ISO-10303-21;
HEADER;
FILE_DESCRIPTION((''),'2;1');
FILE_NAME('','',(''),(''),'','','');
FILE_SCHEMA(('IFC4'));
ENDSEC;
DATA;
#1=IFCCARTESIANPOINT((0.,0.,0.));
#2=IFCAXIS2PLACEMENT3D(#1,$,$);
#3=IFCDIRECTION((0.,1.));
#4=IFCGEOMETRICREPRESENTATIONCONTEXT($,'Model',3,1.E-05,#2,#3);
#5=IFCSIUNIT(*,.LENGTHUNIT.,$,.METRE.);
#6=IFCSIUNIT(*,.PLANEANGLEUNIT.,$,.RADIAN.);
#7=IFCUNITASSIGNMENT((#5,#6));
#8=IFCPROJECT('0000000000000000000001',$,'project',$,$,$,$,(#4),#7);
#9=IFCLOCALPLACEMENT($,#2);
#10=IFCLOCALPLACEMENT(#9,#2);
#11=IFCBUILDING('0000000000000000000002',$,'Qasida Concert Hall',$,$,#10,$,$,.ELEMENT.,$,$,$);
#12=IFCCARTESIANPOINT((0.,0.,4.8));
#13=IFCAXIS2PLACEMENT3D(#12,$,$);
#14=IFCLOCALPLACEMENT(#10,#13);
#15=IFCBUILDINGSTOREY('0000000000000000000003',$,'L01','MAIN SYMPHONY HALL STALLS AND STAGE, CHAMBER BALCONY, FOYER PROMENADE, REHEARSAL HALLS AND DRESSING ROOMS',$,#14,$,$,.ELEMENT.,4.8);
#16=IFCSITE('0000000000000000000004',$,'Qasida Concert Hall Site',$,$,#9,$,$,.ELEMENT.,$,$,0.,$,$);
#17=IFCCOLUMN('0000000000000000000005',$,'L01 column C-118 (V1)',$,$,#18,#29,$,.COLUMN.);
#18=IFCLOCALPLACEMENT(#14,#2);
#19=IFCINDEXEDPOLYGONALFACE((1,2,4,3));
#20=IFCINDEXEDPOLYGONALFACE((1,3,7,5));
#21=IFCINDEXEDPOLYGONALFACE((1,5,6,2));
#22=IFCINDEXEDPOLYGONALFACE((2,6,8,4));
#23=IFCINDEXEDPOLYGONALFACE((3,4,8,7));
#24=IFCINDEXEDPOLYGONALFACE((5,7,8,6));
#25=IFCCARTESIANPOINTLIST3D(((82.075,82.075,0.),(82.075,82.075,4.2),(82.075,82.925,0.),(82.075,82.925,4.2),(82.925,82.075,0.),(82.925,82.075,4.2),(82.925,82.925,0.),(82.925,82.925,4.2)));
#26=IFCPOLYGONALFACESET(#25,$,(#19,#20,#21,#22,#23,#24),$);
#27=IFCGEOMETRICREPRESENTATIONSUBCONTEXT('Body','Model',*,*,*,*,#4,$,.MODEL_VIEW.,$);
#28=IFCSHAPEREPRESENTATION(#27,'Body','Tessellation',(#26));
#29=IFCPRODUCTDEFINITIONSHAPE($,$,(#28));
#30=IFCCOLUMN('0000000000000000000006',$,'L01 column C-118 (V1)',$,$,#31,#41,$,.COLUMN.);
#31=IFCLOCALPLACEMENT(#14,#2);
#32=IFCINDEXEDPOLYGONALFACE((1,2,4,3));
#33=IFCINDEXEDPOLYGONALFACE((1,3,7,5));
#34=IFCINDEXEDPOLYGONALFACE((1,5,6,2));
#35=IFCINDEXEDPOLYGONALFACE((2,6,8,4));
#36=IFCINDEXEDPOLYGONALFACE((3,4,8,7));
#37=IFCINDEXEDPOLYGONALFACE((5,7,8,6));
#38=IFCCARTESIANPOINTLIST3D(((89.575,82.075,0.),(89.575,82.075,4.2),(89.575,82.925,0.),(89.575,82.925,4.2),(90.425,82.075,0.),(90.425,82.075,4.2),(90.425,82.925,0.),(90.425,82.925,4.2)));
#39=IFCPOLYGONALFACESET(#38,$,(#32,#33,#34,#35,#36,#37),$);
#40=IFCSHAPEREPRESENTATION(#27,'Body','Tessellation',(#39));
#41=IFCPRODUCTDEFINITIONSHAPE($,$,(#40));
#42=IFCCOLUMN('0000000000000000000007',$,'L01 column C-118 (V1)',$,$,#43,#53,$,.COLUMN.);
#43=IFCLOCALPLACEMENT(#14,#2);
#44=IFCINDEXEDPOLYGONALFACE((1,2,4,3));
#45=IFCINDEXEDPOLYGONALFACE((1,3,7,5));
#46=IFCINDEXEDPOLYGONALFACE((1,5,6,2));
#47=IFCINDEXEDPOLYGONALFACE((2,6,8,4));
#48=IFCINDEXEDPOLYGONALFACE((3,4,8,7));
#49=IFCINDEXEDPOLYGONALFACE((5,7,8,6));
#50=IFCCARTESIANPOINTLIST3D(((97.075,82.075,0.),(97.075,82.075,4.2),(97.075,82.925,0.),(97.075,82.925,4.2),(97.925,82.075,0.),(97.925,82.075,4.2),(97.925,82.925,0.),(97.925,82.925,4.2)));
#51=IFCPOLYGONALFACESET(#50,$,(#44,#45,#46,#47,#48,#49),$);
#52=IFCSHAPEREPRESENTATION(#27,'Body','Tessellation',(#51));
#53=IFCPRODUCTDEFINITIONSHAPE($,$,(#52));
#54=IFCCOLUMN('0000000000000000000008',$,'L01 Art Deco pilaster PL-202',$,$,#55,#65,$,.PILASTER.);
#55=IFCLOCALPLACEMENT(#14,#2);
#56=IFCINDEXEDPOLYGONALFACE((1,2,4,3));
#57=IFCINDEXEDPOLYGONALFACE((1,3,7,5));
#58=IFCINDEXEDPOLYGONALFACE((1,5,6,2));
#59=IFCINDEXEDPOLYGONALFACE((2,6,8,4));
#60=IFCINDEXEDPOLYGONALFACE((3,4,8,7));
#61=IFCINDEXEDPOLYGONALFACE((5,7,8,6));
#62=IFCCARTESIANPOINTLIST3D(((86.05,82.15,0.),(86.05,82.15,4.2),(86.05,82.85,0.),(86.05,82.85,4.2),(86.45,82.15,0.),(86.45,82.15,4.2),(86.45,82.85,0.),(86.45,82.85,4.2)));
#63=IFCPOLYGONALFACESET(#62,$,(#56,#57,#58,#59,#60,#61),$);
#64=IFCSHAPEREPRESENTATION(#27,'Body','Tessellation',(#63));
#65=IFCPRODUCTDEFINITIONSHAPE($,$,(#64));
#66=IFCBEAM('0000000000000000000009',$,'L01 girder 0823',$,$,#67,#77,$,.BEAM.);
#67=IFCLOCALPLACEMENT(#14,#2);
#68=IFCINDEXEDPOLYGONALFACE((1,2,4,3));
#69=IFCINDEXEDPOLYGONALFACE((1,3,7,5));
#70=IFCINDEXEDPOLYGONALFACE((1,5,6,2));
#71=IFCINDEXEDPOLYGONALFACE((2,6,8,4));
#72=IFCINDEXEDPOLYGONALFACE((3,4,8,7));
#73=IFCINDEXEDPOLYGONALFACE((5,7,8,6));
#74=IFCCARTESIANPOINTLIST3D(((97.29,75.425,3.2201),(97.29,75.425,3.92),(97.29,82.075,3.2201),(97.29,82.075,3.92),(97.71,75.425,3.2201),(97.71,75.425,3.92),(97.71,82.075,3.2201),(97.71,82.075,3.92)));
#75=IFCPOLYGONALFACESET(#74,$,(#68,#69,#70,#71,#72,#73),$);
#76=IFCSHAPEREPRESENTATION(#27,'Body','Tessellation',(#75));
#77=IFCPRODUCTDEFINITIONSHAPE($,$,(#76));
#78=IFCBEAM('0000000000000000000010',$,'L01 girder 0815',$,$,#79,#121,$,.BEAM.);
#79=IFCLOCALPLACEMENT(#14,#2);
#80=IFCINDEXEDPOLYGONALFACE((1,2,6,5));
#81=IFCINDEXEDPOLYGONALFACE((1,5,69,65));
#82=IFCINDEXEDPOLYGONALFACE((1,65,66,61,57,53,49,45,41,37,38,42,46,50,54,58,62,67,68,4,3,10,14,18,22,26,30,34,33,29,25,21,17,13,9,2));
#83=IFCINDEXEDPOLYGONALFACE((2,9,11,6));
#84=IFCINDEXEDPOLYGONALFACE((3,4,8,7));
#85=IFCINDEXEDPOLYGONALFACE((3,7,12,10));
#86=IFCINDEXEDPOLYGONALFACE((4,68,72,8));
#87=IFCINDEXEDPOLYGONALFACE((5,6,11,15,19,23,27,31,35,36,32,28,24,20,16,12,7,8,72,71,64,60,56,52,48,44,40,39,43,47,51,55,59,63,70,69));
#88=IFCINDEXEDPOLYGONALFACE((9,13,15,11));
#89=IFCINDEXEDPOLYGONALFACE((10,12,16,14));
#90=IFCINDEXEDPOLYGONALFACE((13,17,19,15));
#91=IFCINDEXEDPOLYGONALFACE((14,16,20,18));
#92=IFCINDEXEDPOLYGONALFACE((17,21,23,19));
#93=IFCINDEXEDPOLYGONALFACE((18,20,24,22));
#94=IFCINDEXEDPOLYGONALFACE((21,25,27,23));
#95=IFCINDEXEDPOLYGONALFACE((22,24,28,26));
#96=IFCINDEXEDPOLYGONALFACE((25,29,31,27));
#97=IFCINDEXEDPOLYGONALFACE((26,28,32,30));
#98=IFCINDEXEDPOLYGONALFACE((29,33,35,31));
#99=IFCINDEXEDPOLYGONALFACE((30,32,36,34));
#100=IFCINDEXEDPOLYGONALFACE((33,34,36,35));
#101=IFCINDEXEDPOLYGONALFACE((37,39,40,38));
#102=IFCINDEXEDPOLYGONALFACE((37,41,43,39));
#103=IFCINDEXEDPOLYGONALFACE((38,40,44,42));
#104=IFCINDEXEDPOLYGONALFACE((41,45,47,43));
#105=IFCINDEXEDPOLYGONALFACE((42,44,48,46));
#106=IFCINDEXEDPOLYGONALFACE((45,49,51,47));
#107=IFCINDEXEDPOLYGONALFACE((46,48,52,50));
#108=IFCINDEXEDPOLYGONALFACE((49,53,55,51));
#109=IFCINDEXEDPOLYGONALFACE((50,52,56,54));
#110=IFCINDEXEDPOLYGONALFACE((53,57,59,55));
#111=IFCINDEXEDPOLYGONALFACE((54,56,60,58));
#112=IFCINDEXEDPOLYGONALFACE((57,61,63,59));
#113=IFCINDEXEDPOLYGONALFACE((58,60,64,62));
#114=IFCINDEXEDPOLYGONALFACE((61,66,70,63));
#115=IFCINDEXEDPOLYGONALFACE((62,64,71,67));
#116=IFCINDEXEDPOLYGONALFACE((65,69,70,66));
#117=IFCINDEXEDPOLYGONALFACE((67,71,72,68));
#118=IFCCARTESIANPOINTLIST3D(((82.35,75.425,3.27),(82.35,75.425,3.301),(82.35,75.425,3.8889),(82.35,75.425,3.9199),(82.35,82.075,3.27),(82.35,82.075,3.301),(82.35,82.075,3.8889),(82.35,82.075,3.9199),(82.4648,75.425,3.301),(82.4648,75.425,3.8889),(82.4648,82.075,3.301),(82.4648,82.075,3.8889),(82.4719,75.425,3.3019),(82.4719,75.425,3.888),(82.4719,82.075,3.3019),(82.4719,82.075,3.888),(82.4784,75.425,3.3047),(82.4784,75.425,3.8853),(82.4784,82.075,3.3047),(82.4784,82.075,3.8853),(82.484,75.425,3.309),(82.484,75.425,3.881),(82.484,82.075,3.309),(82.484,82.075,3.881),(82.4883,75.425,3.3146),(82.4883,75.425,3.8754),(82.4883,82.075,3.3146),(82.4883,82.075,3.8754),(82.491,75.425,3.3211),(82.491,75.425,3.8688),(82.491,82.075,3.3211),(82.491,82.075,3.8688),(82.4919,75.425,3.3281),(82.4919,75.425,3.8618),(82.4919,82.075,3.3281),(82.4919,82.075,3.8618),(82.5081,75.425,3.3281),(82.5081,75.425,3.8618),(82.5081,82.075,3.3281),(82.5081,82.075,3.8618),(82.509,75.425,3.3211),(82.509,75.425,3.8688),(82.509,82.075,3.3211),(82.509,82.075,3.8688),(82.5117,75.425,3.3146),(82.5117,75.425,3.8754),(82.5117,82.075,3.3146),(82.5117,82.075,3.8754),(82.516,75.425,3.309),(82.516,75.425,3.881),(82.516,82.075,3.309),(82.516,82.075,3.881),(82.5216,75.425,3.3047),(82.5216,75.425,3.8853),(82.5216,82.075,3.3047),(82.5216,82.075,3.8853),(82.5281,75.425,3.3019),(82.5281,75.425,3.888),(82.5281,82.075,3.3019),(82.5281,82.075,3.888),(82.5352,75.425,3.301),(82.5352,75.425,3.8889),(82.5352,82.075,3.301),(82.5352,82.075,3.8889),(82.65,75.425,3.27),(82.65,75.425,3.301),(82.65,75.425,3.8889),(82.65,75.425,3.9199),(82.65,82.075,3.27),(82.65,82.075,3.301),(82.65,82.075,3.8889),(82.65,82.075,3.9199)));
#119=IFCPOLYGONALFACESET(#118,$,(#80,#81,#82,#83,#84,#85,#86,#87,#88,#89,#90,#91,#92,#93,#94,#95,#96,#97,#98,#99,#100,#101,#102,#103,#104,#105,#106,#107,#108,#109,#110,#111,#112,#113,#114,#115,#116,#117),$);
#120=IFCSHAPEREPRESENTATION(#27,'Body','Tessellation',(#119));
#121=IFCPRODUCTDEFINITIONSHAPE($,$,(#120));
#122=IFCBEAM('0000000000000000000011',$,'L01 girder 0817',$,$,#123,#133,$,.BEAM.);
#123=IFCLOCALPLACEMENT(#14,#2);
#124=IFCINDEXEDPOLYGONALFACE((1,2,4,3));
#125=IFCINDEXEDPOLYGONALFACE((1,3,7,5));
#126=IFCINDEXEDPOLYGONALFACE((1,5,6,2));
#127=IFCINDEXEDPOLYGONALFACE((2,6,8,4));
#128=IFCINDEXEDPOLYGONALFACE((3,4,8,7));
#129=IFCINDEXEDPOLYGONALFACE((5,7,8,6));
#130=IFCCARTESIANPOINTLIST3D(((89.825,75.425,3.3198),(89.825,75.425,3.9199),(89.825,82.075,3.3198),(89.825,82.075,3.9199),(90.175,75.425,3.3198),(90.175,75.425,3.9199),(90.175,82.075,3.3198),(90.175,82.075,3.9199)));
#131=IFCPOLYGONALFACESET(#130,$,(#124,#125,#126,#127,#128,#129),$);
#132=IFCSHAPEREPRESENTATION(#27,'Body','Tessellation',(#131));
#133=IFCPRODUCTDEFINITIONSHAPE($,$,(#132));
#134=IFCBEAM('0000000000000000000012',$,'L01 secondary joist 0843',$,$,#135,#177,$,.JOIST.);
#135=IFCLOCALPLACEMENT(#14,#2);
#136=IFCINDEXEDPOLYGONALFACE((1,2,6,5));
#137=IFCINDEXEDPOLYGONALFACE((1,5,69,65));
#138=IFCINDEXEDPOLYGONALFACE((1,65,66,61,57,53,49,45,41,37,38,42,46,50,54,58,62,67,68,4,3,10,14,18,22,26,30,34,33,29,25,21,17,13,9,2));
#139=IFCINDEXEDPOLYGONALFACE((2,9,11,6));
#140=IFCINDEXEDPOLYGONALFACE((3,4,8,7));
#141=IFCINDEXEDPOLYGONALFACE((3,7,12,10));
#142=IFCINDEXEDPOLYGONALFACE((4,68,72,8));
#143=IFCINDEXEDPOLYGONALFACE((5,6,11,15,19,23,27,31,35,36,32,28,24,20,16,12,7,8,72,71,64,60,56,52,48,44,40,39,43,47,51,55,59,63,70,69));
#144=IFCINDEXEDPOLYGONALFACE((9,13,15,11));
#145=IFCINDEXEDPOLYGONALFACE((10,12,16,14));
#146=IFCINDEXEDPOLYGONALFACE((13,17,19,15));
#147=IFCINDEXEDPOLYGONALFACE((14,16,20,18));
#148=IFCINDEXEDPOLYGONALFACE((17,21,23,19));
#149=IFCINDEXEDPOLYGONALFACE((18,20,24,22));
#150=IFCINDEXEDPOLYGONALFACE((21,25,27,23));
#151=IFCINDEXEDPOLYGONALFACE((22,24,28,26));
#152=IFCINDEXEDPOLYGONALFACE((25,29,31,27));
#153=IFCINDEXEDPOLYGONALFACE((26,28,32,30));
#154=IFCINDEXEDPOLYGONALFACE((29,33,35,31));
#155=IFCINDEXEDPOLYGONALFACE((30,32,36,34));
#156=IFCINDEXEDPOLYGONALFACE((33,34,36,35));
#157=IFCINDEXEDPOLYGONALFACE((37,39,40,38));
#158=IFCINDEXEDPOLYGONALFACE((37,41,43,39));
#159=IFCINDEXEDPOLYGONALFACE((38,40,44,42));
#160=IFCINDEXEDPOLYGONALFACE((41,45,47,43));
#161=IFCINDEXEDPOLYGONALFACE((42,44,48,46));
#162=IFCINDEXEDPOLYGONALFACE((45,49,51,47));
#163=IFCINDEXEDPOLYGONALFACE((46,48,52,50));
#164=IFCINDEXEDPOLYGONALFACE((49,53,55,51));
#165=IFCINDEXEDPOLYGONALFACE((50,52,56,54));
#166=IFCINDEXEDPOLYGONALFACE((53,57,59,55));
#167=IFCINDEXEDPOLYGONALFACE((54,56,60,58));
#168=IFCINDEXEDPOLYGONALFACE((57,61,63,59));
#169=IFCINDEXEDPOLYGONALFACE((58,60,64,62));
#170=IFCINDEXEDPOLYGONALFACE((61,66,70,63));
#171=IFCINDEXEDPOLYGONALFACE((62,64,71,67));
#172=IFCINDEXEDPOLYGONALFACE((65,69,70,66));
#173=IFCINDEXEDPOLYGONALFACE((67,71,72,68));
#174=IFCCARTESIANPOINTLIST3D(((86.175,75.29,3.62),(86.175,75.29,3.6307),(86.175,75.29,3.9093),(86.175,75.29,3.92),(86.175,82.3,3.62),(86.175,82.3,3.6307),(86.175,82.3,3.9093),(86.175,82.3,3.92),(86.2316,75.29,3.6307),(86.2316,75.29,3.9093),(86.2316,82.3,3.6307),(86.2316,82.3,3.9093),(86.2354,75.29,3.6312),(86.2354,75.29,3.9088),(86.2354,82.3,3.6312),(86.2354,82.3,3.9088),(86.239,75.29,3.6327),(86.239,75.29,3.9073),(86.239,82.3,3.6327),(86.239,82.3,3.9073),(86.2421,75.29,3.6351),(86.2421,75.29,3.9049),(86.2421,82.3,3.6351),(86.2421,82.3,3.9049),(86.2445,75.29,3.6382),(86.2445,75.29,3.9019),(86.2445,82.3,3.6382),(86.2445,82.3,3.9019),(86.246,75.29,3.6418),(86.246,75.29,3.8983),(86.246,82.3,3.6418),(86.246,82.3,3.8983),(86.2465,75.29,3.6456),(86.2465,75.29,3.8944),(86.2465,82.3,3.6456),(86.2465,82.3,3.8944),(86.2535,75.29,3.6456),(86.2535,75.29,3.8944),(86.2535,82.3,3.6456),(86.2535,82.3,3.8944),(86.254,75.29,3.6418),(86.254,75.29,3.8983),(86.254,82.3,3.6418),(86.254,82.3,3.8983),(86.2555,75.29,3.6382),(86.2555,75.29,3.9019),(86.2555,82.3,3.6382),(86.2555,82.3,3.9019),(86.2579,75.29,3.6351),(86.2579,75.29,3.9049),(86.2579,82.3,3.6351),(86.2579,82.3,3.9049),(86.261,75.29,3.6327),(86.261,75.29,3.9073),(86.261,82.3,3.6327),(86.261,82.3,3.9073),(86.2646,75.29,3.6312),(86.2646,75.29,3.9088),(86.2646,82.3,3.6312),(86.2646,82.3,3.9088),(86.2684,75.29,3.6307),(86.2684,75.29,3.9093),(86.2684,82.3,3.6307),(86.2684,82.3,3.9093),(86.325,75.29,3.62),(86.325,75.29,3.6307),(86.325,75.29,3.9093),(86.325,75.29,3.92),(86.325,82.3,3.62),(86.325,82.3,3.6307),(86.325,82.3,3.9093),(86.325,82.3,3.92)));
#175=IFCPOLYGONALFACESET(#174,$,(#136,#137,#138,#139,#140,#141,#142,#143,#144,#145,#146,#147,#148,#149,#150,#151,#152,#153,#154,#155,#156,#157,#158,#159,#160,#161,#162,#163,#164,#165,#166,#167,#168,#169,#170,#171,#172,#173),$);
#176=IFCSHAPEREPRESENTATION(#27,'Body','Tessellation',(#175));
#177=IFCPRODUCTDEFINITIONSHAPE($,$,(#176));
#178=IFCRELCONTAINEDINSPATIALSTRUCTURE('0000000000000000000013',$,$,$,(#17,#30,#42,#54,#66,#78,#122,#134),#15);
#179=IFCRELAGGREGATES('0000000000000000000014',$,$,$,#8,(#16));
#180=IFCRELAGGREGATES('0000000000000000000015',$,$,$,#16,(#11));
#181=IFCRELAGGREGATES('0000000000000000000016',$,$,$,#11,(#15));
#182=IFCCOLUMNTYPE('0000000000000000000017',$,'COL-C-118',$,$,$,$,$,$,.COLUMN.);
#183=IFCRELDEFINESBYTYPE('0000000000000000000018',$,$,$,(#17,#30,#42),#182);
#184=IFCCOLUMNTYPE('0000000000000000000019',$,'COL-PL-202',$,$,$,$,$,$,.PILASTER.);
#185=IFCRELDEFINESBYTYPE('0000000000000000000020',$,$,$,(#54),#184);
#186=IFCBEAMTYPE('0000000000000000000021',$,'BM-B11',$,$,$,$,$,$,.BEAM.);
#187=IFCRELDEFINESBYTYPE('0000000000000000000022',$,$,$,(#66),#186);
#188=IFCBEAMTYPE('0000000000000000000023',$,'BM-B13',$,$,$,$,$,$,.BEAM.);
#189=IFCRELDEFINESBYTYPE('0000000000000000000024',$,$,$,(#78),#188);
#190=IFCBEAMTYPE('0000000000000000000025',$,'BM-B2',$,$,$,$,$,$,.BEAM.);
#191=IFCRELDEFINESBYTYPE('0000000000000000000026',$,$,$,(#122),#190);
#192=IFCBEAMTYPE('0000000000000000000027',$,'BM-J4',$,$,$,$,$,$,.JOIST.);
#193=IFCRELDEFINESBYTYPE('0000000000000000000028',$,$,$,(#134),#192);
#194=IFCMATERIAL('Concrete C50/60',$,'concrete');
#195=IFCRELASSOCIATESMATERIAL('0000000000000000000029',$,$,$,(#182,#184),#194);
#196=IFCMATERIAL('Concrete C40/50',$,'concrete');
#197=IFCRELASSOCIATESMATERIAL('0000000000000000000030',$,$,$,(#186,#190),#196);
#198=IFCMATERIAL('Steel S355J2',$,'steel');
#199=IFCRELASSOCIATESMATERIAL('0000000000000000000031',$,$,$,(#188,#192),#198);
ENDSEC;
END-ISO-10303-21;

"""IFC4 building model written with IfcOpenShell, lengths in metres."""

from ifc_helpers import new_model, si_unit, direction, frame, origin, origin_2d, place, context, subcontext, project, spatial, rectangle, i_section, extrude, material, material_profile, profile_set, type_object, element, save


model = new_model("IFC4")

# Units and contexts
model_context = context("Model", 3, precision=1e-05, world=origin(), true_north=direction((0.0, 1.0)))
body_context = subcontext(model_context, "Body", "Model", "MODEL_VIEW")
ifc_project = project(units=[si_unit("LENGTHUNIT", "METRE"), si_unit("PLANEANGLEUNIT", "RADIAN")], contexts=[model_context])

# Site, building, storey
site_placement = place(None, origin())
site = spatial("IfcSite", under=ifc_project, at=site_placement, Name="Qasida Concert Hall Site", CompositionType="ELEMENT", RefElevation=0.0)
building_placement = place(site_placement, origin())
building = spatial("IfcBuilding", under=site, at=building_placement, Name="Qasida Concert Hall", CompositionType="ELEMENT")
storey_placement = place(building_placement, frame((0.0, 0.0, 4.8)))
storey = spatial("IfcBuildingStorey", under=building, at=storey_placement, Name="L01", Description="MAIN SYMPHONY HALL STALLS AND STAGE, CHAMBER BALCONY, FOYER PROMENADE, REHEARSAL HALLS AND DRESSING ROOMS", CompositionType="ELEMENT", Elevation=4.8)

# Columns
ifc_material_1 = material(Name="Concrete C50/60", Category="concrete")
ifc_material_profile_1 = material_profile(ifc_material_1, rectangle(XDim=0.8501, YDim=0.8501, at=origin_2d()), Name="RC 850x850")
ifc_profile_set_1 = profile_set([ifc_material_profile_1], Name="Concrete C50/60")
column_type_1 = type_object("IfcColumnType", Name="COL-C-118", PredefinedType="COLUMN", material=ifc_profile_set_1)
for number, where, z_axis, x_axis, name in (
    (1, (82.5, 82.5, 0.0), (0.0, 0.0, 1.0), (1.0, 0.0, 0.0), "L01 column C-118 (V1)"),
    (2, (90.0, 82.5, 0.0), (0.0, 0.0, 1.0), (1.0, 0.0, 0.0), "L01 column C-118 (V1)"),
    (3, (97.5, 82.5, 0.0), (0.0, 0.0, 1.0), (1.0, 0.0, 0.0), "L01 column C-118 (V1)"),
):
    element("IfcColumn", number, at=place(storey_placement, frame(where, z_axis=z_axis, x_axis=x_axis)), inside=storey, type_object=column_type_1, Name=name, PredefinedType="COLUMN", context=body_context, shape_type="SweptSolid", body=[
        extrude(rectangle(XDim=0.8501, YDim=0.8501, at=origin_2d()), origin(), (0.0, 0.0, 1.0), 4.2),
    ])
ifc_material_profile_2 = material_profile(ifc_material_1, rectangle(XDim=0.3999, YDim=0.7, at=origin_2d()), Name="RC 400x700")
ifc_profile_set_2 = profile_set([ifc_material_profile_2], Name="Concrete C50/60")
column_type_2 = type_object("IfcColumnType", Name="COL-PL-202", PredefinedType="PILASTER", material=ifc_profile_set_2)
column_placement = place(storey_placement, frame((86.25, 82.5, 0.0), z_axis=(0.0, 0.0, 1.0), x_axis=(1.0, 0.0, 0.0)))
element("IfcColumn", 4, at=column_placement, inside=storey, type_object=column_type_2, Name="L01 Art Deco pilaster PL-202", PredefinedType="PILASTER", context=body_context, shape_type="SweptSolid", body=[
    extrude(rectangle(XDim=0.3999, YDim=0.7, at=origin_2d()), origin(), (0.0, 0.0, 1.0), 4.2),
])

# Beams
ifc_material_2 = material(Name="Concrete C40/50", Category="concrete")
ifc_material_profile_3 = material_profile(ifc_material_2, rectangle(XDim=0.4199, YDim=0.7, at=origin_2d()), Name="RC 420x700")
ifc_profile_set_3 = profile_set([ifc_material_profile_3], Name="Concrete C40/50")
beam_type_1 = type_object("IfcBeamType", Name="BM-B11", PredefinedType="BEAM", material=ifc_profile_set_3)
beam_1_placement = place(storey_placement, frame((97.5, 75.425, 3.5701), z_axis=(0.0, 1.0, 0.0), x_axis=(-1.0, 0.0, 0.0)))
element("IfcBeam", 5, at=beam_1_placement, inside=storey, type_object=beam_type_1, Name="L01 girder 0823", PredefinedType="BEAM", context=body_context, shape_type="SweptSolid", body=[
    extrude(rectangle(XDim=0.4199, YDim=0.7, at=origin_2d()), origin(), (0.0, 0.0, 1.0), 6.6499),
])
ifc_material_3 = material(Name="Steel S355J2", Category="steel")
ifc_material_profile_4 = material_profile(ifc_material_3, i_section(OverallWidth=0.3, OverallDepth=0.6499, WebThickness=0.0161, FlangeThickness=0.031, FilletRadius=0.0271, at=origin_2d()), Name="HEB 650")
ifc_profile_set_4 = profile_set([ifc_material_profile_4], Name="Steel S355J2")
beam_type_2 = type_object("IfcBeamType", Name="BM-B13", PredefinedType="BEAM", material=ifc_profile_set_4)
beam_2_placement = place(storey_placement, frame((82.5, 75.425, 3.595), z_axis=(0.0, 1.0, 0.0), x_axis=(-1.0, 0.0, 0.0)))
element("IfcBeam", 6, at=beam_2_placement, inside=storey, type_object=beam_type_2, Name="L01 girder 0815", PredefinedType="BEAM", context=body_context, shape_type="SweptSolid", body=[
    extrude(i_section(OverallWidth=0.3, OverallDepth=0.6499, WebThickness=0.0161, FlangeThickness=0.031, FilletRadius=0.0271, at=origin_2d()), origin(), (0.0, 0.0, 1.0), 6.6499),
])
ifc_material_profile_5 = material_profile(ifc_material_2, rectangle(XDim=0.3501, YDim=0.6001, at=origin_2d()), Name="RC 350x600")
ifc_profile_set_5 = profile_set([ifc_material_profile_5], Name="Concrete C40/50")
beam_type_3 = type_object("IfcBeamType", Name="BM-B2", PredefinedType="BEAM", material=ifc_profile_set_5)
beam_3_placement = place(storey_placement, frame((90.0, 75.425, 3.6199), z_axis=(0.0, 1.0, 0.0), x_axis=(-1.0, 0.0, 0.0)))
element("IfcBeam", 7, at=beam_3_placement, inside=storey, type_object=beam_type_3, Name="L01 girder 0817", PredefinedType="BEAM", context=body_context, shape_type="SweptSolid", body=[
    extrude(rectangle(XDim=0.3501, YDim=0.6001, at=origin_2d()), origin(), (0.0, 0.0, 1.0), 6.6499),
])
ifc_material_profile_6 = material_profile(ifc_material_3, i_section(OverallWidth=0.1499, OverallDepth=0.3, WebThickness=0.0071, FlangeThickness=0.0107, FilletRadius=0.0149, at=origin_2d()), Name="IPE 300")
ifc_profile_set_6 = profile_set([ifc_material_profile_6], Name="Steel S355J2")
beam_type_4 = type_object("IfcBeamType", Name="BM-J4", PredefinedType="JOIST", material=ifc_profile_set_6)
beam_4_placement = place(storey_placement, frame((86.25, 75.29, 3.77), z_axis=(0.0, 1.0, 0.0), x_axis=(-1.0, 0.0, 0.0)))
element("IfcBeam", 8, at=beam_4_placement, inside=storey, type_object=beam_type_4, Name="L01 secondary joist 0843", PredefinedType="JOIST", context=body_context, shape_type="SweptSolid", body=[
    extrude(i_section(OverallWidth=0.1499, OverallDepth=0.3, WebThickness=0.0071, FlangeThickness=0.0107, FilletRadius=0.0149, at=origin_2d()), origin(), (0.0, 0.0, 1.0), 7.01),
])

save(model, "model.ifc")
